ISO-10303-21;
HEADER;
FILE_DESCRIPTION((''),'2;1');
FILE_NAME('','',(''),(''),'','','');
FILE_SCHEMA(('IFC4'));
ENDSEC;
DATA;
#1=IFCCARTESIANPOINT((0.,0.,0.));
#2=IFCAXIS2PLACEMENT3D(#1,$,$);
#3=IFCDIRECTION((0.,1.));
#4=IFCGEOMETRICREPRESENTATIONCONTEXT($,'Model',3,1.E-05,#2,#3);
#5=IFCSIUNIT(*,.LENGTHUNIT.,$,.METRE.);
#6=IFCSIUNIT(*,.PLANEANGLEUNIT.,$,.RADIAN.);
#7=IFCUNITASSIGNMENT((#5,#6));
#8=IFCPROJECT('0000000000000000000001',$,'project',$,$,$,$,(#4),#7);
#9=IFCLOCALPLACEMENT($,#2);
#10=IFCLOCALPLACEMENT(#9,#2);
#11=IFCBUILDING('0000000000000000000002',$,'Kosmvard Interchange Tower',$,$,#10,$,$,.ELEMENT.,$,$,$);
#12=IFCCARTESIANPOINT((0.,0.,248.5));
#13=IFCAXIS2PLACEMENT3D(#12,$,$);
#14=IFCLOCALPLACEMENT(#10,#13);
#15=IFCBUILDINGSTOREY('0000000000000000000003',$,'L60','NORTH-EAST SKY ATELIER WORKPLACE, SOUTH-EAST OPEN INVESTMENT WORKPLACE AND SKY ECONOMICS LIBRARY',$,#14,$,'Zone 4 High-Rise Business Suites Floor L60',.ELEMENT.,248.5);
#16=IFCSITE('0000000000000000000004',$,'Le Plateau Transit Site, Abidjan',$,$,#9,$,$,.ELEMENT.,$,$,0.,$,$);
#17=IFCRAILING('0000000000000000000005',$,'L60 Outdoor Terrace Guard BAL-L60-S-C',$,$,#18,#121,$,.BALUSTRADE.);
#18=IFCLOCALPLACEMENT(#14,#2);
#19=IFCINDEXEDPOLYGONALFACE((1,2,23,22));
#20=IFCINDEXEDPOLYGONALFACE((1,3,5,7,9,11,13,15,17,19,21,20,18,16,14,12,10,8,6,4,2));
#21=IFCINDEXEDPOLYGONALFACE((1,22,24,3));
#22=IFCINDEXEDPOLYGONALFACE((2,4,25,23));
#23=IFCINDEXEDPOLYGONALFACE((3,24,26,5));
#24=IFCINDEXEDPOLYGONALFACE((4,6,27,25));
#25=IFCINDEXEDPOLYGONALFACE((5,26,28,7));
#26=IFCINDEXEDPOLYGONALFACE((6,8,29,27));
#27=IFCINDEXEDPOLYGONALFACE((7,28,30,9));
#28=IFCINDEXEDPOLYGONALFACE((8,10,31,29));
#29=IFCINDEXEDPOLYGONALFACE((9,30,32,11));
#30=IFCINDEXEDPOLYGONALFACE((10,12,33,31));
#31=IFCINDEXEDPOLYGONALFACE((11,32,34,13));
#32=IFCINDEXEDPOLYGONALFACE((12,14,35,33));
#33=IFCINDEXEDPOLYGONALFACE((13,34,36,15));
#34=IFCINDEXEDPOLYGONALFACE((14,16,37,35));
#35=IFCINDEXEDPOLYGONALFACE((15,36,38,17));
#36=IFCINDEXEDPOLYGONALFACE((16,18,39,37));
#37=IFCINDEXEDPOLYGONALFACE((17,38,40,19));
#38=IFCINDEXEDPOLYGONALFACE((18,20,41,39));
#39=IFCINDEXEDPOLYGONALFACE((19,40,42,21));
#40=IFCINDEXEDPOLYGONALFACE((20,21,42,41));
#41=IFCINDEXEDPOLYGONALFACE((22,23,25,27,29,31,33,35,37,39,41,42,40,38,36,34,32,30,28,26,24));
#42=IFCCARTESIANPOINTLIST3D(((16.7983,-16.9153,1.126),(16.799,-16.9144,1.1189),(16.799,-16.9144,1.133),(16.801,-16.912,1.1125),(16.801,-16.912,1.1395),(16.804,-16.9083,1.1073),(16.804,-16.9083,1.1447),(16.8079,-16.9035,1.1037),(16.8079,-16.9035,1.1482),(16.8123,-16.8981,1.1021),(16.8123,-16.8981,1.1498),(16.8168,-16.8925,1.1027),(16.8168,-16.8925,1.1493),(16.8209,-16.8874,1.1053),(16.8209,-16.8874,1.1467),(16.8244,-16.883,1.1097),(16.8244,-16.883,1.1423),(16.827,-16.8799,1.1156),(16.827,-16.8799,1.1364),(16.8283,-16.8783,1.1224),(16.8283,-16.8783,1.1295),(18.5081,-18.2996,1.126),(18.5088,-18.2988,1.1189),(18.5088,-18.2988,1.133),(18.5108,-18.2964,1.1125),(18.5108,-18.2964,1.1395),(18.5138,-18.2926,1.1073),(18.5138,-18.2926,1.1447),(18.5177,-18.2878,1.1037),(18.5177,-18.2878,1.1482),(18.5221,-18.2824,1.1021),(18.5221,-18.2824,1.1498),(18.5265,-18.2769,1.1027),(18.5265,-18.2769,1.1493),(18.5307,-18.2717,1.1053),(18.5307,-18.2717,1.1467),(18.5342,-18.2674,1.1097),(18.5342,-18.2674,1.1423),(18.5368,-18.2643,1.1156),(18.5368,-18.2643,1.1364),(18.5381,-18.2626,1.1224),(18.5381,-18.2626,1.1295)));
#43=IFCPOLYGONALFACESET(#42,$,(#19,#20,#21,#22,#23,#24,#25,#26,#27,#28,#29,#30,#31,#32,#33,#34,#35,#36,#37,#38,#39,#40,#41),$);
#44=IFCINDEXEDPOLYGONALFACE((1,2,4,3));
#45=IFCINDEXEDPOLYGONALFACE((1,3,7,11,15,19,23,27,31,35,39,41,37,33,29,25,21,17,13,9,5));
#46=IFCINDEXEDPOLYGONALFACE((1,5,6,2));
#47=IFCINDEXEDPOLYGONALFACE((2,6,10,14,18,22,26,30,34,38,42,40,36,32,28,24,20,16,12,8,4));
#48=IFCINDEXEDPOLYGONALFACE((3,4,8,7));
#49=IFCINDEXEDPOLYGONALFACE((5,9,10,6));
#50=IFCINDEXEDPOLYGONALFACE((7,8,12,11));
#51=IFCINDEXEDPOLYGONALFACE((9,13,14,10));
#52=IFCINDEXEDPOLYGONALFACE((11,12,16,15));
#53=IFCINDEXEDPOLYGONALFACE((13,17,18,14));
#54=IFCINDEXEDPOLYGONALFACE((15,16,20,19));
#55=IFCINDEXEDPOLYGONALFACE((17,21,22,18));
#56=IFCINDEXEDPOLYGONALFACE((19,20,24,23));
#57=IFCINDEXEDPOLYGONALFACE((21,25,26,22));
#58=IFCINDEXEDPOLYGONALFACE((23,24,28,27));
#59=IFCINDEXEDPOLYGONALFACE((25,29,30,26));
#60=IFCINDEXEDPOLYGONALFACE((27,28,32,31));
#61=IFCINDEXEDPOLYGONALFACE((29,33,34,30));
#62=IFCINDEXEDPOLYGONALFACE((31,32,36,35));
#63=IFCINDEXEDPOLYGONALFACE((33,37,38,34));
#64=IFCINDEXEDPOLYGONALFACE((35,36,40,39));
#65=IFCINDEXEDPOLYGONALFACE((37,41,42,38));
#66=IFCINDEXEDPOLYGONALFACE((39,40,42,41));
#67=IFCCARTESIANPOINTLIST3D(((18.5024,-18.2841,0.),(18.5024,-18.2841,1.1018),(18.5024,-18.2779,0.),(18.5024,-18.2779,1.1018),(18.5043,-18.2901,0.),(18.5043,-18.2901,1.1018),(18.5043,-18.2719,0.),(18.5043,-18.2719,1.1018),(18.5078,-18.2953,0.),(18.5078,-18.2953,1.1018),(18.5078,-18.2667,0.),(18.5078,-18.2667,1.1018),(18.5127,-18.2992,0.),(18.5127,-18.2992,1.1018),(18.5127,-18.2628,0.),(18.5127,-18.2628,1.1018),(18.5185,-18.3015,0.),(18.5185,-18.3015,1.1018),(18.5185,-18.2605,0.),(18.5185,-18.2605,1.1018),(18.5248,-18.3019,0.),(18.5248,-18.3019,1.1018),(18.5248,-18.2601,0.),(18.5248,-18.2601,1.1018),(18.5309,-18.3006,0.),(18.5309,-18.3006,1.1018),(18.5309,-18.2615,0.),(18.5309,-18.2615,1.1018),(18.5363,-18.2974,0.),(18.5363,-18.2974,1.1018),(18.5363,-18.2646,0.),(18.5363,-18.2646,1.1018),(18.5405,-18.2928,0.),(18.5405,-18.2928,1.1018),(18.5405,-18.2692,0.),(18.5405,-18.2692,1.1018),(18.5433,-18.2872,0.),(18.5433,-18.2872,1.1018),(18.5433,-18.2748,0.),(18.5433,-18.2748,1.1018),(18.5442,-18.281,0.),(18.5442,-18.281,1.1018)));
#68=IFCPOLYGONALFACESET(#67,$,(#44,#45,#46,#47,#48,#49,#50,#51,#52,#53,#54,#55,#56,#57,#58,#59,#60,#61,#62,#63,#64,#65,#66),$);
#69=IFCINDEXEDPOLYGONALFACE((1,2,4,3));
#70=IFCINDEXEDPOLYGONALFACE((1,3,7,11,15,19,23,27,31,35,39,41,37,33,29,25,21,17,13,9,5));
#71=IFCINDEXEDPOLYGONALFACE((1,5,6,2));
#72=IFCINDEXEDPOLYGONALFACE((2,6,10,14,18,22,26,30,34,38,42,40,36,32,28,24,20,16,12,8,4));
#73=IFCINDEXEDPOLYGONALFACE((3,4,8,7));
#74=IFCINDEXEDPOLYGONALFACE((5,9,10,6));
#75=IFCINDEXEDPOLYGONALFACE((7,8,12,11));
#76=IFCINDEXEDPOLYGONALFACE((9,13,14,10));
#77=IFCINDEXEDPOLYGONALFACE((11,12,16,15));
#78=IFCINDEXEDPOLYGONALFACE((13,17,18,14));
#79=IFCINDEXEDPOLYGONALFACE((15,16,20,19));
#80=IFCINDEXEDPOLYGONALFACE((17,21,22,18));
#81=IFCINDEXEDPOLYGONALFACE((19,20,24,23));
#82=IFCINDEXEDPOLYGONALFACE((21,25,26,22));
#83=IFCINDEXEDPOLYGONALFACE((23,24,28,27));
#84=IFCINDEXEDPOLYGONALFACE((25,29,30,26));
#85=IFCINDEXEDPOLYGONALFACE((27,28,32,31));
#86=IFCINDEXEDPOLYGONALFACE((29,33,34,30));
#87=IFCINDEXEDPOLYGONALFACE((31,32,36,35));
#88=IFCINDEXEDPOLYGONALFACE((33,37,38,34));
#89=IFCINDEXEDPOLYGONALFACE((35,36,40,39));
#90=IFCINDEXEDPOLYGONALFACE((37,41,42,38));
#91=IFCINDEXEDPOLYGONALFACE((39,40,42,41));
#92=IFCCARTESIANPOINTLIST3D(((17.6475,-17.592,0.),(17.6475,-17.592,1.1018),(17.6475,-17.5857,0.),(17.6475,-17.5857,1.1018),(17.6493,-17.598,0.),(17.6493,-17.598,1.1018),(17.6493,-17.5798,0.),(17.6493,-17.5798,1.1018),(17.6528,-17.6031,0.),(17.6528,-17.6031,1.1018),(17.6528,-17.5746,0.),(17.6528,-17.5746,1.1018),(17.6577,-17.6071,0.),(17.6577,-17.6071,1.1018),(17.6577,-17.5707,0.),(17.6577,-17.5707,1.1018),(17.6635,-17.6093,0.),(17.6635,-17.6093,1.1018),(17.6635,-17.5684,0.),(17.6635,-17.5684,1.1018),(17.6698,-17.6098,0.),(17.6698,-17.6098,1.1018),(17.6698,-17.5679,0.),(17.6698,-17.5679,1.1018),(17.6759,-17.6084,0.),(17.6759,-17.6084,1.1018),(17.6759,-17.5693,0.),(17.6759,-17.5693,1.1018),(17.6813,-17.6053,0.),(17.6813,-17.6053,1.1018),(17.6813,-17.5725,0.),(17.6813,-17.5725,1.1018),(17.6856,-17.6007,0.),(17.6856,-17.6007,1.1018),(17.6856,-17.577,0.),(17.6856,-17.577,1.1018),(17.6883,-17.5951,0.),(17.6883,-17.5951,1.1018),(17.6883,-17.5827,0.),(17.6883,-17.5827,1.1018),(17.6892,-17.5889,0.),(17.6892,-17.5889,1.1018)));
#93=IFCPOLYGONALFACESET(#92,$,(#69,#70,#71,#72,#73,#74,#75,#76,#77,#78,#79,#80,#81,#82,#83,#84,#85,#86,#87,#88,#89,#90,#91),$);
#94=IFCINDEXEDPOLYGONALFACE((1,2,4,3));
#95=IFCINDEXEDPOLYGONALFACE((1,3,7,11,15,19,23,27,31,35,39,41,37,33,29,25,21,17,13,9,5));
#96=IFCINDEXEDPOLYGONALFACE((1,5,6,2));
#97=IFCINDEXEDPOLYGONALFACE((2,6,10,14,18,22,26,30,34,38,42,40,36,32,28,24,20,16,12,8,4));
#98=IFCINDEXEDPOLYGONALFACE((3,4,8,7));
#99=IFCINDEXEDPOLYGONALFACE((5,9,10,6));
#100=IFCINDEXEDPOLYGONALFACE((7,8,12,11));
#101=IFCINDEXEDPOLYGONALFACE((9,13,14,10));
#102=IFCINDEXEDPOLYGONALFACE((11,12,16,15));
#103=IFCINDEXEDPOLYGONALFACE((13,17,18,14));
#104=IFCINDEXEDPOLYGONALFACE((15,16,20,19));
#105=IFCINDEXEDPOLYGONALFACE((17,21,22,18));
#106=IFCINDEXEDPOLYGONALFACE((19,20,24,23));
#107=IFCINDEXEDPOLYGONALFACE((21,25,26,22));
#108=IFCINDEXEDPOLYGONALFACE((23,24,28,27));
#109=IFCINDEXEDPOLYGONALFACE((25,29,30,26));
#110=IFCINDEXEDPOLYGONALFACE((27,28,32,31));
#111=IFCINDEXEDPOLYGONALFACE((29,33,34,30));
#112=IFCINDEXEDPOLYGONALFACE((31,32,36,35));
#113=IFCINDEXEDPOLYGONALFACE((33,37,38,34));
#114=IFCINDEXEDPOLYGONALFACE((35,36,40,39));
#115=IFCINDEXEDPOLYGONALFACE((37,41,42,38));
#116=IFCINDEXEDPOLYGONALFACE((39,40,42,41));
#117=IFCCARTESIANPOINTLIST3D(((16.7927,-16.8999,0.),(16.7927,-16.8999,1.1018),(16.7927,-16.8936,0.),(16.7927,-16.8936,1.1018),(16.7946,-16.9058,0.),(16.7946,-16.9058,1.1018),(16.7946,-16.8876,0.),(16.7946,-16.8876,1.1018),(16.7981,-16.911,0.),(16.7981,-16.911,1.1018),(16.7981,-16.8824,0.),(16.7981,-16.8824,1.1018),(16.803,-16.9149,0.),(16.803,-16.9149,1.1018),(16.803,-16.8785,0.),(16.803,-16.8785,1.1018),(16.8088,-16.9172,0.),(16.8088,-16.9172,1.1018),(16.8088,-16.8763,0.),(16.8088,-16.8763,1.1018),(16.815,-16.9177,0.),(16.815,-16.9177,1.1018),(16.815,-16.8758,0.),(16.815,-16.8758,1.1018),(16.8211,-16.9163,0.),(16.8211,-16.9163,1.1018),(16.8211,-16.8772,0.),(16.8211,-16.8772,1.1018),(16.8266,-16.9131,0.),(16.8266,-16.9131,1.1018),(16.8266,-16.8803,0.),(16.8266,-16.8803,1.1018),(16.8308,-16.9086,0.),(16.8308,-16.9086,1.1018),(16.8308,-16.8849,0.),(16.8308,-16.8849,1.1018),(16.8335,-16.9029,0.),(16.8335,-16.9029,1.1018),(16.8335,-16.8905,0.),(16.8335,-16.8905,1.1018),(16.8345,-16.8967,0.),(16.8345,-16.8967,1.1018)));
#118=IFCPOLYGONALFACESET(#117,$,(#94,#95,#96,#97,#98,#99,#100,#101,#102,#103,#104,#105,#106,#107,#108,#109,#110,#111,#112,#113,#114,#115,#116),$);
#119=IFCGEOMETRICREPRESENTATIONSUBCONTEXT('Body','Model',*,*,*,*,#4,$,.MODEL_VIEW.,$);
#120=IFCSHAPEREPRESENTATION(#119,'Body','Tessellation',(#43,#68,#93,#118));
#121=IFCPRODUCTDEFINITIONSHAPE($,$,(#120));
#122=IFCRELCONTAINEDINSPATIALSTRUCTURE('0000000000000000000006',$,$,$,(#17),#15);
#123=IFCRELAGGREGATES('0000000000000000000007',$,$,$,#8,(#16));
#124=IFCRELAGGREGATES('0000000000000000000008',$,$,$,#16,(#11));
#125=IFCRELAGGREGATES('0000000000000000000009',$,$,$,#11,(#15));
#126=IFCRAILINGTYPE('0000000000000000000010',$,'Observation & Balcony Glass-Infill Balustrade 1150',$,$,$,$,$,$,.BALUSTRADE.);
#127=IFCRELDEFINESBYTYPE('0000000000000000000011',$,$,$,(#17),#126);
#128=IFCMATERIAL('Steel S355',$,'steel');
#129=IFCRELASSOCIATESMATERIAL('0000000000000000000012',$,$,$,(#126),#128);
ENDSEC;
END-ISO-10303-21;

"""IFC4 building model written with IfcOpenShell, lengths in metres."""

from ifc_helpers import new_model, si_unit, direction, frame, origin, origin_2d, place, context, subcontext, project, spatial, circle, extrude, source, transform, mapped, material, type_object, element, save


model = new_model("IFC4")

# Units and contexts
model_context = context("Model", 3, precision=1e-05, world=origin(), true_north=direction((0.0, 1.0)))
body_context = subcontext(model_context, "Body", "Model", "MODEL_VIEW")
ifc_project = project(units=[si_unit("LENGTHUNIT", "METRE"), si_unit("PLANEANGLEUNIT", "RADIAN")], contexts=[model_context])

# Site, building, storey
site_placement = place(None, origin())
site = spatial("IfcSite", under=ifc_project, at=site_placement, Name="Le Plateau Transit Site, Abidjan", CompositionType="ELEMENT", RefElevation=0.0)
building_placement = place(site_placement, origin())
building = spatial("IfcBuilding", under=site, at=building_placement, Name="Kosmvard Interchange Tower", CompositionType="ELEMENT")
storey_placement = place(building_placement, frame((0.0, 0.0, 248.5)))
storey = spatial("IfcBuildingStorey", under=building, at=storey_placement, Name="L60", Description="NORTH-EAST SKY ATELIER WORKPLACE, SOUTH-EAST OPEN INVESTMENT WORKPLACE AND SKY ECONOMICS LIBRARY", LongName="Zone 4 High-Rise Business Suites Floor L60", CompositionType="ELEMENT", Elevation=248.5)

# Shared definitions
ifc_material_1 = material(Name="Steel S355", Category="steel")

# Railing
railing_type = type_object("IfcRailingType", Name="Observation & Balcony Glass-Infill Balustrade 1150", PredefinedType="BALUSTRADE", material=ifc_material_1)
shared_shape_1 = source(origin(), body_context, "Body", "SweptSolid", [
    extrude(circle(Radius=0.0239, at=origin_2d()), frame((0.0, 0.0, 1.126), z_axis=(-0.777196, 0.629259, 0.0), x_axis=(-0.629259, -0.777196, 0.0)), (0.0, 0.0, 1.0), 2.2),
    extrude(circle(Radius=0.021, at=origin_2d()), origin(), (0.0, 0.0, 1.0), 1.1018),
    extrude(circle(Radius=0.021, at=origin_2d()), frame((-0.855, 0.6921, 0.0)), (0.0, 0.0, 1.0), 1.1018),
    extrude(circle(Radius=0.021, at=origin_2d()), frame((-1.7097, 1.3843, 0.0)), (0.0, 0.0, 1.0), 1.1018),
])
railing_1_placement = place(storey_placement, frame((18.5232, -18.281, 0.0)))
element("IfcRailing", 1, at=railing_1_placement, inside=storey, type_object=railing_type, Name="L60 Outdoor Terrace Guard BAL-L60-S-C", PredefinedType="BALUSTRADE", context=body_context, shape_type="MappedRepresentation", body=[
    mapped(shared_shape_1, transform((0.0, 0.0, 0.0), scale=1.0)),
])

save(model, "model.ifc")
